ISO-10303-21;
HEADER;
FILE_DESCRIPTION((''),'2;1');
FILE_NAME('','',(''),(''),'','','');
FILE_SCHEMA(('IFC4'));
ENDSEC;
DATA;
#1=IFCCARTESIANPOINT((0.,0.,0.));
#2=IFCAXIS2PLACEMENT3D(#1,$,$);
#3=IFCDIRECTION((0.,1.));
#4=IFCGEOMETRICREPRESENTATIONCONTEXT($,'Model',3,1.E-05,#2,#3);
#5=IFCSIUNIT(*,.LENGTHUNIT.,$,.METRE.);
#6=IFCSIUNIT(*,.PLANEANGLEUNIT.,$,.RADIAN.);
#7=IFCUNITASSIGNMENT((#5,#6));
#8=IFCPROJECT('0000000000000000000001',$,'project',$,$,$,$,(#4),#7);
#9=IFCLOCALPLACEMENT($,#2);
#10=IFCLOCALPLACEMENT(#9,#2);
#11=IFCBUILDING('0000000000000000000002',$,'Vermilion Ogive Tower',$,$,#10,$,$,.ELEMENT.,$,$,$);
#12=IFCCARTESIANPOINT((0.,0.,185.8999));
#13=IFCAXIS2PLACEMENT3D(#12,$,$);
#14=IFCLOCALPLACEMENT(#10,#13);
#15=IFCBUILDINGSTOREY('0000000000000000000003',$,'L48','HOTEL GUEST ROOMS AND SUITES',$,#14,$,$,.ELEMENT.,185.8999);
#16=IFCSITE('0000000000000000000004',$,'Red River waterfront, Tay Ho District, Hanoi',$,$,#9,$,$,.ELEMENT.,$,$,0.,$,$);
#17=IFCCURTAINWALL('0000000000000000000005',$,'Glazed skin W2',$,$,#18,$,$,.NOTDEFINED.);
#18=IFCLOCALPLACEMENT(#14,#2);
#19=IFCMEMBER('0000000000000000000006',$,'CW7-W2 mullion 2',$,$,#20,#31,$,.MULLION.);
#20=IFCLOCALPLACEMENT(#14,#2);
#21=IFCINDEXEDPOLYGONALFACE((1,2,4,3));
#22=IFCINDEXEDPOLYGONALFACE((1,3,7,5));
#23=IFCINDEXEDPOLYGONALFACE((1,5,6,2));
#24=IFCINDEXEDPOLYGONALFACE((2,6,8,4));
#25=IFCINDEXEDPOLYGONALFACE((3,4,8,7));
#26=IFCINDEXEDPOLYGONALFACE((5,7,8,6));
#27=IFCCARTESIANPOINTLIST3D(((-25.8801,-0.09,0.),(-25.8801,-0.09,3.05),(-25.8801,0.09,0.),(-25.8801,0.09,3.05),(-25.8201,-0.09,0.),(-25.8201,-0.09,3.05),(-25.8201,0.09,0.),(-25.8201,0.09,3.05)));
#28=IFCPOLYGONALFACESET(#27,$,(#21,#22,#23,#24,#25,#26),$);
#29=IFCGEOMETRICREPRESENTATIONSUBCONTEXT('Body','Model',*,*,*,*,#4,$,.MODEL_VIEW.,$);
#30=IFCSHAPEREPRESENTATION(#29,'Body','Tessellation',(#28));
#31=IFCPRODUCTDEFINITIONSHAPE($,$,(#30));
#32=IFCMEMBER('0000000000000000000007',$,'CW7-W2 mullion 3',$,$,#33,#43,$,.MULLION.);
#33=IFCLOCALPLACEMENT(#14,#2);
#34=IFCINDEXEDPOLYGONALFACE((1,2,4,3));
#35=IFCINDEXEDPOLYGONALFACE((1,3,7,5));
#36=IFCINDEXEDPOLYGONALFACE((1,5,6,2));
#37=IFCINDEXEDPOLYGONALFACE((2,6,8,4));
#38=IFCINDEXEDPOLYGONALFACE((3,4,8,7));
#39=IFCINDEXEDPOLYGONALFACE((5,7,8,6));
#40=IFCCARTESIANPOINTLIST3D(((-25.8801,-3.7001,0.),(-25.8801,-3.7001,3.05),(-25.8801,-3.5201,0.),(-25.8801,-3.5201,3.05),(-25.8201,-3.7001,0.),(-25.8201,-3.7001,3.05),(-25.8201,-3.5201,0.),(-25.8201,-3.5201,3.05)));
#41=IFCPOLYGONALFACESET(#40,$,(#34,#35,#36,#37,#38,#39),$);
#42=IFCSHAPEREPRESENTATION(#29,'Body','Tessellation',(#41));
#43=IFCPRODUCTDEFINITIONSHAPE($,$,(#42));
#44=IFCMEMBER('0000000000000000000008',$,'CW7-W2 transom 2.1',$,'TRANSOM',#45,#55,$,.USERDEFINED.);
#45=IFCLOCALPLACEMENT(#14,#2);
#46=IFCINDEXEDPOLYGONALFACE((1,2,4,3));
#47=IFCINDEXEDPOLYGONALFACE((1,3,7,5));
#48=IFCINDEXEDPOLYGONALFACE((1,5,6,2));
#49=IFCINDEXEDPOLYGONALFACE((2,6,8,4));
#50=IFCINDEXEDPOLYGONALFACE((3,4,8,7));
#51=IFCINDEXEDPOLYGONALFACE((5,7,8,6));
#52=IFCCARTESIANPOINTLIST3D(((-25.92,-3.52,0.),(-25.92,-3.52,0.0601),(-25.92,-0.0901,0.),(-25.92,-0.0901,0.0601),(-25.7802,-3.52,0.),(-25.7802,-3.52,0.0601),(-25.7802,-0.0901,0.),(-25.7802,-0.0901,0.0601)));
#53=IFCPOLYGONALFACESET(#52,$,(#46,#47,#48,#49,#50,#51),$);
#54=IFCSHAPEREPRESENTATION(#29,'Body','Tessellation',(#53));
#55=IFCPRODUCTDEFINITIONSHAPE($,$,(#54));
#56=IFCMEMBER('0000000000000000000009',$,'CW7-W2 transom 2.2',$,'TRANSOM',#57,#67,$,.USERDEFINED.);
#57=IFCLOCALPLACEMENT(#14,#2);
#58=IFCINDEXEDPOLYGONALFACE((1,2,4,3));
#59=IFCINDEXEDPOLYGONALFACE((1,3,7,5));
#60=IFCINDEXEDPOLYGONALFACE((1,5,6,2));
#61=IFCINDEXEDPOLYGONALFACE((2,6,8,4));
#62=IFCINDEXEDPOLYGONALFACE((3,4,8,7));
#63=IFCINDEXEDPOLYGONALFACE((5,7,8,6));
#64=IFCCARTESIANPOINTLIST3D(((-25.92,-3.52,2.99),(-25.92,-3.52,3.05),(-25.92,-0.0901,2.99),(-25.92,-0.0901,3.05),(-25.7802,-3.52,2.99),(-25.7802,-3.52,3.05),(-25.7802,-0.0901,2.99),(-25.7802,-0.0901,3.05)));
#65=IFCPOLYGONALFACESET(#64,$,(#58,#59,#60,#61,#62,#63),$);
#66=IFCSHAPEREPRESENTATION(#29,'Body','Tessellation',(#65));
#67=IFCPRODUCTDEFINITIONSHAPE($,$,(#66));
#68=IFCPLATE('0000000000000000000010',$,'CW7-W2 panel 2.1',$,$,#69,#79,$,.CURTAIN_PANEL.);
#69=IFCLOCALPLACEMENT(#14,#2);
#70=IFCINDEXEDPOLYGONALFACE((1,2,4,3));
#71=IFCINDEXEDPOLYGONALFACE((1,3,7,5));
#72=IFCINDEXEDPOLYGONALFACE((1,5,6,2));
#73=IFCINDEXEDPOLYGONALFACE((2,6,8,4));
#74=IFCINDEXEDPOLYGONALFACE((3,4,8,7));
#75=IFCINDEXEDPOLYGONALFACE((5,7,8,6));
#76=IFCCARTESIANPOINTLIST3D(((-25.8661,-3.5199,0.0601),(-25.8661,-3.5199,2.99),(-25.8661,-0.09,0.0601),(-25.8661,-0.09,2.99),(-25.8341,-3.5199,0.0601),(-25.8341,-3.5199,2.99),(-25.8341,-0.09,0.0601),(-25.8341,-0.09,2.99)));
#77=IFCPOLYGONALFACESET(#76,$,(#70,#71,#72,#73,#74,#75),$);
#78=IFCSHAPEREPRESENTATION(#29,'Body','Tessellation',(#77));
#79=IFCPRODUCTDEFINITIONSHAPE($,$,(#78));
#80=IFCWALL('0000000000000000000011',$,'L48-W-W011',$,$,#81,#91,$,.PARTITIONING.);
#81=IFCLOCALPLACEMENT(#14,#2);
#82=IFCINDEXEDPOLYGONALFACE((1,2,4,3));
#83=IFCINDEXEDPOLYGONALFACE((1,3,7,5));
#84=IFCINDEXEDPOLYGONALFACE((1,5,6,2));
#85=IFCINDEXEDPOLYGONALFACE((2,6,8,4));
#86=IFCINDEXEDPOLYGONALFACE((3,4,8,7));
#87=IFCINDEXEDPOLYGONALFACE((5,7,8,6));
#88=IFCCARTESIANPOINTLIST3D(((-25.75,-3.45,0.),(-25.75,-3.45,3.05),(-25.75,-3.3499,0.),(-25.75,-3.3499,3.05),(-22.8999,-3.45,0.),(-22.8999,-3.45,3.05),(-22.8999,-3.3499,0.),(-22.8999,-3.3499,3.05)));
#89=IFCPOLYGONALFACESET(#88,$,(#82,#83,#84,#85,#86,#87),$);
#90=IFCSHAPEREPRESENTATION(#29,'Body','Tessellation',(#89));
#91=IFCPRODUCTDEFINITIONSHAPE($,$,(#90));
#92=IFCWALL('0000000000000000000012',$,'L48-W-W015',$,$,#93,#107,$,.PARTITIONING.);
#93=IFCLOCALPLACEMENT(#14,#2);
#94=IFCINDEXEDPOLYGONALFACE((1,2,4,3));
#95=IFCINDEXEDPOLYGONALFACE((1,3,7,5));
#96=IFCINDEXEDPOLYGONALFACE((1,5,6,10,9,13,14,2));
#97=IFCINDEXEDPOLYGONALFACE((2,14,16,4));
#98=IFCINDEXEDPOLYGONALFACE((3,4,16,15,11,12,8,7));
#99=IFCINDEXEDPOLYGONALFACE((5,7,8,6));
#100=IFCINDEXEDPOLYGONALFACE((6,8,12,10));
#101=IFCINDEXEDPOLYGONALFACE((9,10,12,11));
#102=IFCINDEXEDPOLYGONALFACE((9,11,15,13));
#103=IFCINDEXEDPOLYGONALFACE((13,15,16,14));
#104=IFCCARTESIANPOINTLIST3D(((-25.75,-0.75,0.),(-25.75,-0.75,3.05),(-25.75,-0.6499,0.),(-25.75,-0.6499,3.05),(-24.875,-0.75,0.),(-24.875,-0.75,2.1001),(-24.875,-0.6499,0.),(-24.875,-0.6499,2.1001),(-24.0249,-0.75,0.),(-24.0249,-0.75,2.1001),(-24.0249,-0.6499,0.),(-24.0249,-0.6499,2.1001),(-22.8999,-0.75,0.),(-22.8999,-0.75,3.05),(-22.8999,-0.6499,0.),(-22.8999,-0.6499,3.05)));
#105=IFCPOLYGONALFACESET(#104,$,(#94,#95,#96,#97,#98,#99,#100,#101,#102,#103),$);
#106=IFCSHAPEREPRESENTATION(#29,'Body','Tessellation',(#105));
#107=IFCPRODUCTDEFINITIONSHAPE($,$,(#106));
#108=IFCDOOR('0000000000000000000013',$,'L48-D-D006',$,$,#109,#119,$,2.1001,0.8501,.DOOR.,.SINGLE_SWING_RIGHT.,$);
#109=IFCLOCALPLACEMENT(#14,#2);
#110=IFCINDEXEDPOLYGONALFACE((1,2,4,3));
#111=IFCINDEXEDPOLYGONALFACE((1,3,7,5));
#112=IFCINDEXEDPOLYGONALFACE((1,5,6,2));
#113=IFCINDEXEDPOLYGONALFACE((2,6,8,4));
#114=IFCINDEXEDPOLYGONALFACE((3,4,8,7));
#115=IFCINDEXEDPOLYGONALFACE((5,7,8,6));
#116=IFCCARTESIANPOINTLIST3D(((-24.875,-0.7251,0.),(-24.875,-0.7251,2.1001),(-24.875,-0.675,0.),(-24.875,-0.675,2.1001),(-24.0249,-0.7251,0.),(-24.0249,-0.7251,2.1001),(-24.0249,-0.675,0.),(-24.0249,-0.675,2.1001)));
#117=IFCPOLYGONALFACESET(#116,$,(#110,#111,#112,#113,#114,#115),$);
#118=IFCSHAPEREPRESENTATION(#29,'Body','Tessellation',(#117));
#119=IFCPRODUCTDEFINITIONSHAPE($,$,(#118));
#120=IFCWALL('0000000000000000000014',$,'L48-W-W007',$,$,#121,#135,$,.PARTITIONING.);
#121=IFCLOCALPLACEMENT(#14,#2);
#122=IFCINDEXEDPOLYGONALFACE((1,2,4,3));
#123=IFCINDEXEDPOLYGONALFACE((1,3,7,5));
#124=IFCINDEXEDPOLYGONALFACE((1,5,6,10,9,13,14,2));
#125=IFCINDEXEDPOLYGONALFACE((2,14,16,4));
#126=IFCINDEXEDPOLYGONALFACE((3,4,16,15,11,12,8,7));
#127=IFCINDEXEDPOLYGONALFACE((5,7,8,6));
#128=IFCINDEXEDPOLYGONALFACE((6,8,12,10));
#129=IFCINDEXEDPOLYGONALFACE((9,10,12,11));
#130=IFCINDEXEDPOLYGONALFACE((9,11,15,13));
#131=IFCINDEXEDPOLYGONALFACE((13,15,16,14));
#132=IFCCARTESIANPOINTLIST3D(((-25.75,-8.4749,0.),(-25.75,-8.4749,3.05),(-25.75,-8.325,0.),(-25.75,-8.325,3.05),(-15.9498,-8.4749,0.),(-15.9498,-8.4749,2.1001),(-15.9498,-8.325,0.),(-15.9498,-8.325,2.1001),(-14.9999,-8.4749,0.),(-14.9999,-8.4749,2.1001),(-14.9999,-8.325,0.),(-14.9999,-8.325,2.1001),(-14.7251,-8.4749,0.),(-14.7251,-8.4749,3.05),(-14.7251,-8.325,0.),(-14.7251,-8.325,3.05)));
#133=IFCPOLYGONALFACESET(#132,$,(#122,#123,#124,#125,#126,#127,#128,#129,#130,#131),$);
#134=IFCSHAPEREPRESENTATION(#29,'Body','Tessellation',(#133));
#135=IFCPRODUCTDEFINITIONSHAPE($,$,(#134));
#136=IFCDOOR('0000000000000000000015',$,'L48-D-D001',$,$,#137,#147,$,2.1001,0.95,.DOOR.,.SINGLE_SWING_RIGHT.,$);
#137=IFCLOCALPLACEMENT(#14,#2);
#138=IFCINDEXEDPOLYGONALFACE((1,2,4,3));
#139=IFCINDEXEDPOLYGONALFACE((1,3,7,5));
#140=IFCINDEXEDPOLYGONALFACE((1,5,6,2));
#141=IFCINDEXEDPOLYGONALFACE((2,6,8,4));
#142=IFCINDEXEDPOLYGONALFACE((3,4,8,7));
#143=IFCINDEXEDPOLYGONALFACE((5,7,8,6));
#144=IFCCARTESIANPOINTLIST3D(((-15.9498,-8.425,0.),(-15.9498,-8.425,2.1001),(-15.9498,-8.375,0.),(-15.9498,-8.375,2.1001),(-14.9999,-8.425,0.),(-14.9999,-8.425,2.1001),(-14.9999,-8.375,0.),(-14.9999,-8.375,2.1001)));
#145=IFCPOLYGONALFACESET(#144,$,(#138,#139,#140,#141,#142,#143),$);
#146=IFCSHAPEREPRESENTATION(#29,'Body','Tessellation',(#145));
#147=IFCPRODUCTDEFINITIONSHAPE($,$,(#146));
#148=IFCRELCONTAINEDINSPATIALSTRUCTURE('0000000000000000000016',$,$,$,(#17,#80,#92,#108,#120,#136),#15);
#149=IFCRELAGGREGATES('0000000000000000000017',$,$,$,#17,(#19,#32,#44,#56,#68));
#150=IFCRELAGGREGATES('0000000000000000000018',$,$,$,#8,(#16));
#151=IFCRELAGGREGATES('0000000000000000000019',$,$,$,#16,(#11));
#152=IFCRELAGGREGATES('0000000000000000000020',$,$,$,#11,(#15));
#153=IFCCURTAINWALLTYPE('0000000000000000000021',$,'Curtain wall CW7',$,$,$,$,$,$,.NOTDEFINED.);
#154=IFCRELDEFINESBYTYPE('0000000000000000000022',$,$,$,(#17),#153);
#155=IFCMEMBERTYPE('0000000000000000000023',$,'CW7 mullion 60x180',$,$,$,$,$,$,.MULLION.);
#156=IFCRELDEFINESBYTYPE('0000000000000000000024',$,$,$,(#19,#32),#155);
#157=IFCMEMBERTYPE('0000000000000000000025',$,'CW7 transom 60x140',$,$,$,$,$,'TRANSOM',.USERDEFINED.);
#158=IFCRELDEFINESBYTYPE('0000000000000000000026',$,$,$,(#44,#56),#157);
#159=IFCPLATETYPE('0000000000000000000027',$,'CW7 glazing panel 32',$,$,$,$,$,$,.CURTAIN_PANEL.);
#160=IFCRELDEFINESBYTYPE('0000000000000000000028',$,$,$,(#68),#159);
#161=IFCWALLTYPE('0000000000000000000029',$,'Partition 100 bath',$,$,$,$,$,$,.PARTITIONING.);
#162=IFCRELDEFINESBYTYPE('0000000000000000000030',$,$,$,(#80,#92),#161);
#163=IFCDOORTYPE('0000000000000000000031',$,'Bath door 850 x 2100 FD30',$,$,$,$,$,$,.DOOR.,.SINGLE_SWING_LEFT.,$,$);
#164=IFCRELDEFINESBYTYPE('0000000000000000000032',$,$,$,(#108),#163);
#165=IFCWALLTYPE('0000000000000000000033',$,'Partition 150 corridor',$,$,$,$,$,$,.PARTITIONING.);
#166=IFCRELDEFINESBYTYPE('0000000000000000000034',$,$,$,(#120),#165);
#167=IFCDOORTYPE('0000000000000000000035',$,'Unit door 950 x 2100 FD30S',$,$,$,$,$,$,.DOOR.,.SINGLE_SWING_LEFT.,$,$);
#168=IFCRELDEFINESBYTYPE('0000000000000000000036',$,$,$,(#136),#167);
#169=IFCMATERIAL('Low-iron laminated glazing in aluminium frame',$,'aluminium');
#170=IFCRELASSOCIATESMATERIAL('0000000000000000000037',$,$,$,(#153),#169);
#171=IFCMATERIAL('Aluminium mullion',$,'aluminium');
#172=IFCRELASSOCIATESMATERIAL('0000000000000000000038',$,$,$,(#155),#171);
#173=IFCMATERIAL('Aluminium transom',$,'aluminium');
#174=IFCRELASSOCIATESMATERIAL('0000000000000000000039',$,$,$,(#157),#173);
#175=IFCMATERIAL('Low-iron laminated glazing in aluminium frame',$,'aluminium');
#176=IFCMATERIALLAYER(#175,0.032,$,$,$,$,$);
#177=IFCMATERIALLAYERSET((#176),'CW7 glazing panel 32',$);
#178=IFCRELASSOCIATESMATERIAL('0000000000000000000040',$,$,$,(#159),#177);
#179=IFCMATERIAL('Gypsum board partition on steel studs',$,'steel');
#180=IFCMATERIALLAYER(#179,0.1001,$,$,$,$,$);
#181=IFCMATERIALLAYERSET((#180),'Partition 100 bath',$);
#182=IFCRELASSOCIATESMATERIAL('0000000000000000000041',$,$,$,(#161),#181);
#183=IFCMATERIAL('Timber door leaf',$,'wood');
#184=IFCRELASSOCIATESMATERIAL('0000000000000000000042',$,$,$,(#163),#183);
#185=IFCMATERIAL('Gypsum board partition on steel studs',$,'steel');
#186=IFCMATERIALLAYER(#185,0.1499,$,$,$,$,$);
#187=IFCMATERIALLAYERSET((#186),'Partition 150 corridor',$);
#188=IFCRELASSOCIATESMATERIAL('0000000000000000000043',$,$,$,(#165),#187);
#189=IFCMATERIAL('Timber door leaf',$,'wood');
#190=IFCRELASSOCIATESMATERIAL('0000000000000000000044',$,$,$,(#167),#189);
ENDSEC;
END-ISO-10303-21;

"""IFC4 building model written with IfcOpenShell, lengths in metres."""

from ifc_helpers import new_model, si_unit, direction, frame, frame_2d, origin, origin_2d, place, context, subcontext, project, spatial, rectangle, extrude, material, layer, layer_set, material_profile, profile_set, type_object, element, fill, aggregate, save


model = new_model("IFC4")

# Units and contexts
model_context = context("Model", 3, precision=1e-05, world=origin(), true_north=direction((0.0, 1.0)))
body_context = subcontext(model_context, "Body", "Model", "MODEL_VIEW")
ifc_project = project(units=[si_unit("LENGTHUNIT", "METRE"), si_unit("PLANEANGLEUNIT", "RADIAN")], contexts=[model_context])

# Site, building, storey
site_placement = place(None, origin())
site = spatial("IfcSite", under=ifc_project, at=site_placement, Name="Red River waterfront, Tay Ho District, Hanoi", CompositionType="ELEMENT", RefElevation=0.0)
building_placement = place(site_placement, origin())
building = spatial("IfcBuilding", under=site, at=building_placement, Name="Vermilion Ogive Tower", CompositionType="ELEMENT")
storey_placement = place(building_placement, frame((0.0, 0.0, 185.8999)))
storey = spatial("IfcBuildingStorey", under=building, at=storey_placement, Name="L48", Description="HOTEL GUEST ROOMS AND SUITES", CompositionType="ELEMENT", Elevation=185.8999)

# Curtain wall, members, plate
ifc_material_1 = material(Name="Low-iron laminated glazing in aluminium frame", Category="aluminium")
curtain_wall_type = type_object("IfcCurtainWallType", Name="Curtain wall CW7", PredefinedType="NOTDEFINED", material=ifc_material_1)
curtain_wall_placement = place(storey_placement, origin())
curtain_wall = element("IfcCurtainWall", 1, at=curtain_wall_placement, inside=storey, type_object=curtain_wall_type, Name="Glazed skin W2", PredefinedType="NOTDEFINED")
ifc_material_2 = material(Name="Aluminium mullion", Category="aluminium")
ifc_material_profile_1 = material_profile(ifc_material_2, rectangle(XDim=0.0601, YDim=0.1799, at=origin_2d()), Name="AL 60x180")
ifc_profile_set_1 = profile_set([ifc_material_profile_1], Name="Aluminium mullion")
member_type_1 = type_object("IfcMemberType", Name="CW7 mullion 60x180", PredefinedType="MULLION", material=ifc_profile_set_1)
member_1_placement = place(storey_placement, frame((-25.8501, 0.0, 0.0), z_axis=(0.0, 0.0, 1.0), x_axis=(1.0, 0.0, 0.0)))
member_1 = element("IfcMember", 2, at=member_1_placement, type_object=member_type_1, Name="CW7-W2 mullion 2", PredefinedType="MULLION", context=body_context, shape_type="SweptSolid", body=[
    extrude(rectangle(XDim=0.0601, YDim=0.1799, at=origin_2d()), origin(), (0.0, 0.0, 1.0), 3.05),
])
member_2_placement = place(storey_placement, frame((-25.8501, -3.6101, 0.0), z_axis=(0.0, 0.0, 1.0), x_axis=(1.0, 0.0, 0.0)))
member_2 = element("IfcMember", 3, at=member_2_placement, type_object=member_type_1, Name="CW7-W2 mullion 3", PredefinedType="MULLION", context=body_context, shape_type="SweptSolid", body=[
    extrude(rectangle(XDim=0.0601, YDim=0.1799, at=origin_2d()), origin(), (0.0, 0.0, 1.0), 3.05),
])
ifc_material_3 = material(Name="Aluminium transom", Category="aluminium")
ifc_material_profile_2 = material_profile(ifc_material_3, rectangle(XDim=0.1399, YDim=0.0601, at=origin_2d()), Name="AL 60x140")
ifc_profile_set_2 = profile_set([ifc_material_profile_2], Name="Aluminium transom")
member_type_2 = type_object("IfcMemberType", Name="CW7 transom 60x140", ElementType="TRANSOM", PredefinedType="USERDEFINED", material=ifc_profile_set_2)
member_3_placement = place(storey_placement, frame((-25.8501, -0.0901, 0.03), z_axis=(0.0, -1.0, 0.0), x_axis=(1.0, 0.0, 0.0)))
member_3 = element("IfcMember", 4, at=member_3_placement, type_object=member_type_2, Name="CW7-W2 transom 2.1", ObjectType="TRANSOM", PredefinedType="USERDEFINED", context=body_context, shape_type="SweptSolid", body=[
    extrude(rectangle(XDim=0.1399, YDim=0.0601, at=origin_2d()), origin(), (0.0, 0.0, 1.0), 3.4299),
])
member_4_placement = place(storey_placement, frame((-25.8501, -0.0901, 3.02), z_axis=(0.0, -1.0, 0.0), x_axis=(1.0, 0.0, 0.0)))
member_4 = element("IfcMember", 5, at=member_4_placement, type_object=member_type_2, Name="CW7-W2 transom 2.2", ObjectType="TRANSOM", PredefinedType="USERDEFINED", context=body_context, shape_type="SweptSolid", body=[
    extrude(rectangle(XDim=0.1399, YDim=0.0601, at=origin_2d()), origin(), (0.0, 0.0, 1.0), 3.4299),
])
ifc_material_4 = material(Name="Low-iron laminated glazing in aluminium frame", Category="aluminium")
ifc_layer_1 = layer(ifc_material_4, 0.032)
ifc_layer_set_1 = layer_set([ifc_layer_1], Name="CW7 glazing panel 32")
plate_type = type_object("IfcPlateType", Name="CW7 glazing panel 32", PredefinedType="CURTAIN_PANEL", material=ifc_layer_set_1)
plate_placement = place(storey_placement, frame((-25.8501, -1.8049, 0.0601), z_axis=(0.0, 0.0, 1.0), x_axis=(0.0, -1.0, 0.0)))
plate = element("IfcPlate", 6, at=plate_placement, type_object=plate_type, Name="CW7-W2 panel 2.1", PredefinedType="CURTAIN_PANEL", context=body_context, shape_type="SweptSolid", body=[
    extrude(rectangle(XDim=3.4299, YDim=0.032, at=origin_2d()), origin(), (0.0, 0.0, 1.0), 2.9299),
])
aggregate(curtain_wall, [member_1, member_2, member_3, member_4, plate])

# Wall
ifc_material_5 = material(Name="Gypsum board partition on steel studs", Category="steel")
ifc_layer_2 = layer(ifc_material_5, 0.1001)
ifc_layer_set_2 = layer_set([ifc_layer_2], Name="Partition 100 bath")
wall_type_1 = type_object("IfcWallType", Name="Partition 100 bath", PredefinedType="PARTITIONING", material=ifc_layer_set_2)
wall_1_placement = place(storey_placement, frame((-25.75, -3.3999, 0.0), z_axis=(0.0, 0.0, 1.0), x_axis=(1.0, 0.0, 0.0)))
element("IfcWall", 7, at=wall_1_placement, inside=storey, type_object=wall_type_1, Name="L48-W-W011", PredefinedType="PARTITIONING", context=body_context, shape_type="SweptSolid", body=[
    extrude(rectangle(XDim=2.8501, YDim=0.1001, at=frame_2d((1.425, 0.0))), origin(), (0.0, 0.0, 1.0), 3.05),
])

# Walls, openings, doors
wall_2_placement = place(storey_placement, frame((-25.75, -0.7, 0.0), z_axis=(0.0, 0.0, 1.0), x_axis=(1.0, 0.0, 0.0)))
wall_2 = element("IfcWall", 8, at=wall_2_placement, inside=storey, type_object=wall_type_1, Name="L48-W-W015", PredefinedType="PARTITIONING", context=body_context, shape_type="SweptSolid", body=[
    extrude(rectangle(XDim=2.8501, YDim=0.1001, at=frame_2d((1.425, 0.0))), origin(), (0.0, 0.0, 1.0), 3.05),
])
opening_1_placement = place(wall_2_placement, frame((0.875, 0.0, 0.0)))
opening_1 = element("IfcOpeningElement", 9, at=opening_1_placement, cuts=wall_2, PredefinedType="OPENING", context=body_context, shape_type="SweptSolid", body=[
    extrude(rectangle(XDim=0.8501, YDim=2.1001, at=frame_2d((0.425, 1.05))), frame((0.0, 0.0601, 0.0), z_axis=(0.0, -1.0, 0.0), x_axis=(1.0, 0.0, 0.0)), (0.0, 0.0, 1.0), 0.1201),
])
ifc_material_6 = material(Name="Timber door leaf", Category="wood")
door_type_1 = type_object("IfcDoorType", Name="Bath door 850 x 2100 FD30", OperationType="SINGLE_SWING_LEFT", PredefinedType="DOOR", material=ifc_material_6)
door_1_placement = place(opening_1_placement, origin())
door_1 = element("IfcDoor", 10, at=door_1_placement, inside=storey, type_object=door_type_1, Name="L48-D-D006", OperationType="SINGLE_SWING_RIGHT", OverallHeight=2.1001, OverallWidth=0.8501, PredefinedType="DOOR", context=body_context, shape_type="SweptSolid", body=[
    extrude(rectangle(XDim=0.8501, YDim=2.1001, at=frame_2d((0.425, 1.05))), frame((0.0, 0.0249, 0.0), z_axis=(0.0, -1.0, 0.0), x_axis=(1.0, 0.0, 0.0)), (0.0, 0.0, 1.0), 0.05),
])
fill(opening_1, door_1)
ifc_material_7 = material(Name="Gypsum board partition on steel studs", Category="steel")
ifc_layer_3 = layer(ifc_material_7, 0.1499)
ifc_layer_set_3 = layer_set([ifc_layer_3], Name="Partition 150 corridor")
wall_type_2 = type_object("IfcWallType", Name="Partition 150 corridor", PredefinedType="PARTITIONING", material=ifc_layer_set_3)
wall_3_placement = place(storey_placement, frame((-25.75, -8.3999, 0.0), z_axis=(0.0, 0.0, 1.0), x_axis=(1.0, 0.0, 0.0)))
wall_3 = element("IfcWall", 11, at=wall_3_placement, inside=storey, type_object=wall_type_2, Name="L48-W-W007", PredefinedType="PARTITIONING", context=body_context, shape_type="SweptSolid", body=[
    extrude(rectangle(XDim=11.0249, YDim=0.1499, at=frame_2d((5.5125, 0.0))), origin(), (0.0, 0.0, 1.0), 3.05),
])
opening_2_placement = place(wall_3_placement, frame((9.8, 0.0, 0.0)))
opening_2 = element("IfcOpeningElement", 12, at=opening_2_placement, cuts=wall_3, PredefinedType="OPENING", context=body_context, shape_type="SweptSolid", body=[
    extrude(rectangle(XDim=0.95, YDim=2.1001, at=frame_2d((0.4751, 1.05))), frame((0.0, 0.085, 0.0), z_axis=(0.0, -1.0, 0.0), x_axis=(1.0, 0.0, 0.0)), (0.0, 0.0, 1.0), 0.1699),
])
ifc_material_8 = material(Name="Timber door leaf", Category="wood")
door_type_2 = type_object("IfcDoorType", Name="Unit door 950 x 2100 FD30S", OperationType="SINGLE_SWING_LEFT", PredefinedType="DOOR", material=ifc_material_8)
door_2_placement = place(opening_2_placement, origin())
door_2 = element("IfcDoor", 13, at=door_2_placement, inside=storey, type_object=door_type_2, Name="L48-D-D001", OperationType="SINGLE_SWING_RIGHT", OverallHeight=2.1001, OverallWidth=0.95, PredefinedType="DOOR", context=body_context, shape_type="SweptSolid", body=[
    extrude(rectangle(XDim=0.95, YDim=2.1001, at=frame_2d((0.4751, 1.05))), frame((0.0, 0.0249, 0.0), z_axis=(0.0, -1.0, 0.0), x_axis=(1.0, 0.0, 0.0)), (0.0, 0.0, 1.0), 0.05),
])
fill(opening_2, door_2)

save(model, "model.ifc")
